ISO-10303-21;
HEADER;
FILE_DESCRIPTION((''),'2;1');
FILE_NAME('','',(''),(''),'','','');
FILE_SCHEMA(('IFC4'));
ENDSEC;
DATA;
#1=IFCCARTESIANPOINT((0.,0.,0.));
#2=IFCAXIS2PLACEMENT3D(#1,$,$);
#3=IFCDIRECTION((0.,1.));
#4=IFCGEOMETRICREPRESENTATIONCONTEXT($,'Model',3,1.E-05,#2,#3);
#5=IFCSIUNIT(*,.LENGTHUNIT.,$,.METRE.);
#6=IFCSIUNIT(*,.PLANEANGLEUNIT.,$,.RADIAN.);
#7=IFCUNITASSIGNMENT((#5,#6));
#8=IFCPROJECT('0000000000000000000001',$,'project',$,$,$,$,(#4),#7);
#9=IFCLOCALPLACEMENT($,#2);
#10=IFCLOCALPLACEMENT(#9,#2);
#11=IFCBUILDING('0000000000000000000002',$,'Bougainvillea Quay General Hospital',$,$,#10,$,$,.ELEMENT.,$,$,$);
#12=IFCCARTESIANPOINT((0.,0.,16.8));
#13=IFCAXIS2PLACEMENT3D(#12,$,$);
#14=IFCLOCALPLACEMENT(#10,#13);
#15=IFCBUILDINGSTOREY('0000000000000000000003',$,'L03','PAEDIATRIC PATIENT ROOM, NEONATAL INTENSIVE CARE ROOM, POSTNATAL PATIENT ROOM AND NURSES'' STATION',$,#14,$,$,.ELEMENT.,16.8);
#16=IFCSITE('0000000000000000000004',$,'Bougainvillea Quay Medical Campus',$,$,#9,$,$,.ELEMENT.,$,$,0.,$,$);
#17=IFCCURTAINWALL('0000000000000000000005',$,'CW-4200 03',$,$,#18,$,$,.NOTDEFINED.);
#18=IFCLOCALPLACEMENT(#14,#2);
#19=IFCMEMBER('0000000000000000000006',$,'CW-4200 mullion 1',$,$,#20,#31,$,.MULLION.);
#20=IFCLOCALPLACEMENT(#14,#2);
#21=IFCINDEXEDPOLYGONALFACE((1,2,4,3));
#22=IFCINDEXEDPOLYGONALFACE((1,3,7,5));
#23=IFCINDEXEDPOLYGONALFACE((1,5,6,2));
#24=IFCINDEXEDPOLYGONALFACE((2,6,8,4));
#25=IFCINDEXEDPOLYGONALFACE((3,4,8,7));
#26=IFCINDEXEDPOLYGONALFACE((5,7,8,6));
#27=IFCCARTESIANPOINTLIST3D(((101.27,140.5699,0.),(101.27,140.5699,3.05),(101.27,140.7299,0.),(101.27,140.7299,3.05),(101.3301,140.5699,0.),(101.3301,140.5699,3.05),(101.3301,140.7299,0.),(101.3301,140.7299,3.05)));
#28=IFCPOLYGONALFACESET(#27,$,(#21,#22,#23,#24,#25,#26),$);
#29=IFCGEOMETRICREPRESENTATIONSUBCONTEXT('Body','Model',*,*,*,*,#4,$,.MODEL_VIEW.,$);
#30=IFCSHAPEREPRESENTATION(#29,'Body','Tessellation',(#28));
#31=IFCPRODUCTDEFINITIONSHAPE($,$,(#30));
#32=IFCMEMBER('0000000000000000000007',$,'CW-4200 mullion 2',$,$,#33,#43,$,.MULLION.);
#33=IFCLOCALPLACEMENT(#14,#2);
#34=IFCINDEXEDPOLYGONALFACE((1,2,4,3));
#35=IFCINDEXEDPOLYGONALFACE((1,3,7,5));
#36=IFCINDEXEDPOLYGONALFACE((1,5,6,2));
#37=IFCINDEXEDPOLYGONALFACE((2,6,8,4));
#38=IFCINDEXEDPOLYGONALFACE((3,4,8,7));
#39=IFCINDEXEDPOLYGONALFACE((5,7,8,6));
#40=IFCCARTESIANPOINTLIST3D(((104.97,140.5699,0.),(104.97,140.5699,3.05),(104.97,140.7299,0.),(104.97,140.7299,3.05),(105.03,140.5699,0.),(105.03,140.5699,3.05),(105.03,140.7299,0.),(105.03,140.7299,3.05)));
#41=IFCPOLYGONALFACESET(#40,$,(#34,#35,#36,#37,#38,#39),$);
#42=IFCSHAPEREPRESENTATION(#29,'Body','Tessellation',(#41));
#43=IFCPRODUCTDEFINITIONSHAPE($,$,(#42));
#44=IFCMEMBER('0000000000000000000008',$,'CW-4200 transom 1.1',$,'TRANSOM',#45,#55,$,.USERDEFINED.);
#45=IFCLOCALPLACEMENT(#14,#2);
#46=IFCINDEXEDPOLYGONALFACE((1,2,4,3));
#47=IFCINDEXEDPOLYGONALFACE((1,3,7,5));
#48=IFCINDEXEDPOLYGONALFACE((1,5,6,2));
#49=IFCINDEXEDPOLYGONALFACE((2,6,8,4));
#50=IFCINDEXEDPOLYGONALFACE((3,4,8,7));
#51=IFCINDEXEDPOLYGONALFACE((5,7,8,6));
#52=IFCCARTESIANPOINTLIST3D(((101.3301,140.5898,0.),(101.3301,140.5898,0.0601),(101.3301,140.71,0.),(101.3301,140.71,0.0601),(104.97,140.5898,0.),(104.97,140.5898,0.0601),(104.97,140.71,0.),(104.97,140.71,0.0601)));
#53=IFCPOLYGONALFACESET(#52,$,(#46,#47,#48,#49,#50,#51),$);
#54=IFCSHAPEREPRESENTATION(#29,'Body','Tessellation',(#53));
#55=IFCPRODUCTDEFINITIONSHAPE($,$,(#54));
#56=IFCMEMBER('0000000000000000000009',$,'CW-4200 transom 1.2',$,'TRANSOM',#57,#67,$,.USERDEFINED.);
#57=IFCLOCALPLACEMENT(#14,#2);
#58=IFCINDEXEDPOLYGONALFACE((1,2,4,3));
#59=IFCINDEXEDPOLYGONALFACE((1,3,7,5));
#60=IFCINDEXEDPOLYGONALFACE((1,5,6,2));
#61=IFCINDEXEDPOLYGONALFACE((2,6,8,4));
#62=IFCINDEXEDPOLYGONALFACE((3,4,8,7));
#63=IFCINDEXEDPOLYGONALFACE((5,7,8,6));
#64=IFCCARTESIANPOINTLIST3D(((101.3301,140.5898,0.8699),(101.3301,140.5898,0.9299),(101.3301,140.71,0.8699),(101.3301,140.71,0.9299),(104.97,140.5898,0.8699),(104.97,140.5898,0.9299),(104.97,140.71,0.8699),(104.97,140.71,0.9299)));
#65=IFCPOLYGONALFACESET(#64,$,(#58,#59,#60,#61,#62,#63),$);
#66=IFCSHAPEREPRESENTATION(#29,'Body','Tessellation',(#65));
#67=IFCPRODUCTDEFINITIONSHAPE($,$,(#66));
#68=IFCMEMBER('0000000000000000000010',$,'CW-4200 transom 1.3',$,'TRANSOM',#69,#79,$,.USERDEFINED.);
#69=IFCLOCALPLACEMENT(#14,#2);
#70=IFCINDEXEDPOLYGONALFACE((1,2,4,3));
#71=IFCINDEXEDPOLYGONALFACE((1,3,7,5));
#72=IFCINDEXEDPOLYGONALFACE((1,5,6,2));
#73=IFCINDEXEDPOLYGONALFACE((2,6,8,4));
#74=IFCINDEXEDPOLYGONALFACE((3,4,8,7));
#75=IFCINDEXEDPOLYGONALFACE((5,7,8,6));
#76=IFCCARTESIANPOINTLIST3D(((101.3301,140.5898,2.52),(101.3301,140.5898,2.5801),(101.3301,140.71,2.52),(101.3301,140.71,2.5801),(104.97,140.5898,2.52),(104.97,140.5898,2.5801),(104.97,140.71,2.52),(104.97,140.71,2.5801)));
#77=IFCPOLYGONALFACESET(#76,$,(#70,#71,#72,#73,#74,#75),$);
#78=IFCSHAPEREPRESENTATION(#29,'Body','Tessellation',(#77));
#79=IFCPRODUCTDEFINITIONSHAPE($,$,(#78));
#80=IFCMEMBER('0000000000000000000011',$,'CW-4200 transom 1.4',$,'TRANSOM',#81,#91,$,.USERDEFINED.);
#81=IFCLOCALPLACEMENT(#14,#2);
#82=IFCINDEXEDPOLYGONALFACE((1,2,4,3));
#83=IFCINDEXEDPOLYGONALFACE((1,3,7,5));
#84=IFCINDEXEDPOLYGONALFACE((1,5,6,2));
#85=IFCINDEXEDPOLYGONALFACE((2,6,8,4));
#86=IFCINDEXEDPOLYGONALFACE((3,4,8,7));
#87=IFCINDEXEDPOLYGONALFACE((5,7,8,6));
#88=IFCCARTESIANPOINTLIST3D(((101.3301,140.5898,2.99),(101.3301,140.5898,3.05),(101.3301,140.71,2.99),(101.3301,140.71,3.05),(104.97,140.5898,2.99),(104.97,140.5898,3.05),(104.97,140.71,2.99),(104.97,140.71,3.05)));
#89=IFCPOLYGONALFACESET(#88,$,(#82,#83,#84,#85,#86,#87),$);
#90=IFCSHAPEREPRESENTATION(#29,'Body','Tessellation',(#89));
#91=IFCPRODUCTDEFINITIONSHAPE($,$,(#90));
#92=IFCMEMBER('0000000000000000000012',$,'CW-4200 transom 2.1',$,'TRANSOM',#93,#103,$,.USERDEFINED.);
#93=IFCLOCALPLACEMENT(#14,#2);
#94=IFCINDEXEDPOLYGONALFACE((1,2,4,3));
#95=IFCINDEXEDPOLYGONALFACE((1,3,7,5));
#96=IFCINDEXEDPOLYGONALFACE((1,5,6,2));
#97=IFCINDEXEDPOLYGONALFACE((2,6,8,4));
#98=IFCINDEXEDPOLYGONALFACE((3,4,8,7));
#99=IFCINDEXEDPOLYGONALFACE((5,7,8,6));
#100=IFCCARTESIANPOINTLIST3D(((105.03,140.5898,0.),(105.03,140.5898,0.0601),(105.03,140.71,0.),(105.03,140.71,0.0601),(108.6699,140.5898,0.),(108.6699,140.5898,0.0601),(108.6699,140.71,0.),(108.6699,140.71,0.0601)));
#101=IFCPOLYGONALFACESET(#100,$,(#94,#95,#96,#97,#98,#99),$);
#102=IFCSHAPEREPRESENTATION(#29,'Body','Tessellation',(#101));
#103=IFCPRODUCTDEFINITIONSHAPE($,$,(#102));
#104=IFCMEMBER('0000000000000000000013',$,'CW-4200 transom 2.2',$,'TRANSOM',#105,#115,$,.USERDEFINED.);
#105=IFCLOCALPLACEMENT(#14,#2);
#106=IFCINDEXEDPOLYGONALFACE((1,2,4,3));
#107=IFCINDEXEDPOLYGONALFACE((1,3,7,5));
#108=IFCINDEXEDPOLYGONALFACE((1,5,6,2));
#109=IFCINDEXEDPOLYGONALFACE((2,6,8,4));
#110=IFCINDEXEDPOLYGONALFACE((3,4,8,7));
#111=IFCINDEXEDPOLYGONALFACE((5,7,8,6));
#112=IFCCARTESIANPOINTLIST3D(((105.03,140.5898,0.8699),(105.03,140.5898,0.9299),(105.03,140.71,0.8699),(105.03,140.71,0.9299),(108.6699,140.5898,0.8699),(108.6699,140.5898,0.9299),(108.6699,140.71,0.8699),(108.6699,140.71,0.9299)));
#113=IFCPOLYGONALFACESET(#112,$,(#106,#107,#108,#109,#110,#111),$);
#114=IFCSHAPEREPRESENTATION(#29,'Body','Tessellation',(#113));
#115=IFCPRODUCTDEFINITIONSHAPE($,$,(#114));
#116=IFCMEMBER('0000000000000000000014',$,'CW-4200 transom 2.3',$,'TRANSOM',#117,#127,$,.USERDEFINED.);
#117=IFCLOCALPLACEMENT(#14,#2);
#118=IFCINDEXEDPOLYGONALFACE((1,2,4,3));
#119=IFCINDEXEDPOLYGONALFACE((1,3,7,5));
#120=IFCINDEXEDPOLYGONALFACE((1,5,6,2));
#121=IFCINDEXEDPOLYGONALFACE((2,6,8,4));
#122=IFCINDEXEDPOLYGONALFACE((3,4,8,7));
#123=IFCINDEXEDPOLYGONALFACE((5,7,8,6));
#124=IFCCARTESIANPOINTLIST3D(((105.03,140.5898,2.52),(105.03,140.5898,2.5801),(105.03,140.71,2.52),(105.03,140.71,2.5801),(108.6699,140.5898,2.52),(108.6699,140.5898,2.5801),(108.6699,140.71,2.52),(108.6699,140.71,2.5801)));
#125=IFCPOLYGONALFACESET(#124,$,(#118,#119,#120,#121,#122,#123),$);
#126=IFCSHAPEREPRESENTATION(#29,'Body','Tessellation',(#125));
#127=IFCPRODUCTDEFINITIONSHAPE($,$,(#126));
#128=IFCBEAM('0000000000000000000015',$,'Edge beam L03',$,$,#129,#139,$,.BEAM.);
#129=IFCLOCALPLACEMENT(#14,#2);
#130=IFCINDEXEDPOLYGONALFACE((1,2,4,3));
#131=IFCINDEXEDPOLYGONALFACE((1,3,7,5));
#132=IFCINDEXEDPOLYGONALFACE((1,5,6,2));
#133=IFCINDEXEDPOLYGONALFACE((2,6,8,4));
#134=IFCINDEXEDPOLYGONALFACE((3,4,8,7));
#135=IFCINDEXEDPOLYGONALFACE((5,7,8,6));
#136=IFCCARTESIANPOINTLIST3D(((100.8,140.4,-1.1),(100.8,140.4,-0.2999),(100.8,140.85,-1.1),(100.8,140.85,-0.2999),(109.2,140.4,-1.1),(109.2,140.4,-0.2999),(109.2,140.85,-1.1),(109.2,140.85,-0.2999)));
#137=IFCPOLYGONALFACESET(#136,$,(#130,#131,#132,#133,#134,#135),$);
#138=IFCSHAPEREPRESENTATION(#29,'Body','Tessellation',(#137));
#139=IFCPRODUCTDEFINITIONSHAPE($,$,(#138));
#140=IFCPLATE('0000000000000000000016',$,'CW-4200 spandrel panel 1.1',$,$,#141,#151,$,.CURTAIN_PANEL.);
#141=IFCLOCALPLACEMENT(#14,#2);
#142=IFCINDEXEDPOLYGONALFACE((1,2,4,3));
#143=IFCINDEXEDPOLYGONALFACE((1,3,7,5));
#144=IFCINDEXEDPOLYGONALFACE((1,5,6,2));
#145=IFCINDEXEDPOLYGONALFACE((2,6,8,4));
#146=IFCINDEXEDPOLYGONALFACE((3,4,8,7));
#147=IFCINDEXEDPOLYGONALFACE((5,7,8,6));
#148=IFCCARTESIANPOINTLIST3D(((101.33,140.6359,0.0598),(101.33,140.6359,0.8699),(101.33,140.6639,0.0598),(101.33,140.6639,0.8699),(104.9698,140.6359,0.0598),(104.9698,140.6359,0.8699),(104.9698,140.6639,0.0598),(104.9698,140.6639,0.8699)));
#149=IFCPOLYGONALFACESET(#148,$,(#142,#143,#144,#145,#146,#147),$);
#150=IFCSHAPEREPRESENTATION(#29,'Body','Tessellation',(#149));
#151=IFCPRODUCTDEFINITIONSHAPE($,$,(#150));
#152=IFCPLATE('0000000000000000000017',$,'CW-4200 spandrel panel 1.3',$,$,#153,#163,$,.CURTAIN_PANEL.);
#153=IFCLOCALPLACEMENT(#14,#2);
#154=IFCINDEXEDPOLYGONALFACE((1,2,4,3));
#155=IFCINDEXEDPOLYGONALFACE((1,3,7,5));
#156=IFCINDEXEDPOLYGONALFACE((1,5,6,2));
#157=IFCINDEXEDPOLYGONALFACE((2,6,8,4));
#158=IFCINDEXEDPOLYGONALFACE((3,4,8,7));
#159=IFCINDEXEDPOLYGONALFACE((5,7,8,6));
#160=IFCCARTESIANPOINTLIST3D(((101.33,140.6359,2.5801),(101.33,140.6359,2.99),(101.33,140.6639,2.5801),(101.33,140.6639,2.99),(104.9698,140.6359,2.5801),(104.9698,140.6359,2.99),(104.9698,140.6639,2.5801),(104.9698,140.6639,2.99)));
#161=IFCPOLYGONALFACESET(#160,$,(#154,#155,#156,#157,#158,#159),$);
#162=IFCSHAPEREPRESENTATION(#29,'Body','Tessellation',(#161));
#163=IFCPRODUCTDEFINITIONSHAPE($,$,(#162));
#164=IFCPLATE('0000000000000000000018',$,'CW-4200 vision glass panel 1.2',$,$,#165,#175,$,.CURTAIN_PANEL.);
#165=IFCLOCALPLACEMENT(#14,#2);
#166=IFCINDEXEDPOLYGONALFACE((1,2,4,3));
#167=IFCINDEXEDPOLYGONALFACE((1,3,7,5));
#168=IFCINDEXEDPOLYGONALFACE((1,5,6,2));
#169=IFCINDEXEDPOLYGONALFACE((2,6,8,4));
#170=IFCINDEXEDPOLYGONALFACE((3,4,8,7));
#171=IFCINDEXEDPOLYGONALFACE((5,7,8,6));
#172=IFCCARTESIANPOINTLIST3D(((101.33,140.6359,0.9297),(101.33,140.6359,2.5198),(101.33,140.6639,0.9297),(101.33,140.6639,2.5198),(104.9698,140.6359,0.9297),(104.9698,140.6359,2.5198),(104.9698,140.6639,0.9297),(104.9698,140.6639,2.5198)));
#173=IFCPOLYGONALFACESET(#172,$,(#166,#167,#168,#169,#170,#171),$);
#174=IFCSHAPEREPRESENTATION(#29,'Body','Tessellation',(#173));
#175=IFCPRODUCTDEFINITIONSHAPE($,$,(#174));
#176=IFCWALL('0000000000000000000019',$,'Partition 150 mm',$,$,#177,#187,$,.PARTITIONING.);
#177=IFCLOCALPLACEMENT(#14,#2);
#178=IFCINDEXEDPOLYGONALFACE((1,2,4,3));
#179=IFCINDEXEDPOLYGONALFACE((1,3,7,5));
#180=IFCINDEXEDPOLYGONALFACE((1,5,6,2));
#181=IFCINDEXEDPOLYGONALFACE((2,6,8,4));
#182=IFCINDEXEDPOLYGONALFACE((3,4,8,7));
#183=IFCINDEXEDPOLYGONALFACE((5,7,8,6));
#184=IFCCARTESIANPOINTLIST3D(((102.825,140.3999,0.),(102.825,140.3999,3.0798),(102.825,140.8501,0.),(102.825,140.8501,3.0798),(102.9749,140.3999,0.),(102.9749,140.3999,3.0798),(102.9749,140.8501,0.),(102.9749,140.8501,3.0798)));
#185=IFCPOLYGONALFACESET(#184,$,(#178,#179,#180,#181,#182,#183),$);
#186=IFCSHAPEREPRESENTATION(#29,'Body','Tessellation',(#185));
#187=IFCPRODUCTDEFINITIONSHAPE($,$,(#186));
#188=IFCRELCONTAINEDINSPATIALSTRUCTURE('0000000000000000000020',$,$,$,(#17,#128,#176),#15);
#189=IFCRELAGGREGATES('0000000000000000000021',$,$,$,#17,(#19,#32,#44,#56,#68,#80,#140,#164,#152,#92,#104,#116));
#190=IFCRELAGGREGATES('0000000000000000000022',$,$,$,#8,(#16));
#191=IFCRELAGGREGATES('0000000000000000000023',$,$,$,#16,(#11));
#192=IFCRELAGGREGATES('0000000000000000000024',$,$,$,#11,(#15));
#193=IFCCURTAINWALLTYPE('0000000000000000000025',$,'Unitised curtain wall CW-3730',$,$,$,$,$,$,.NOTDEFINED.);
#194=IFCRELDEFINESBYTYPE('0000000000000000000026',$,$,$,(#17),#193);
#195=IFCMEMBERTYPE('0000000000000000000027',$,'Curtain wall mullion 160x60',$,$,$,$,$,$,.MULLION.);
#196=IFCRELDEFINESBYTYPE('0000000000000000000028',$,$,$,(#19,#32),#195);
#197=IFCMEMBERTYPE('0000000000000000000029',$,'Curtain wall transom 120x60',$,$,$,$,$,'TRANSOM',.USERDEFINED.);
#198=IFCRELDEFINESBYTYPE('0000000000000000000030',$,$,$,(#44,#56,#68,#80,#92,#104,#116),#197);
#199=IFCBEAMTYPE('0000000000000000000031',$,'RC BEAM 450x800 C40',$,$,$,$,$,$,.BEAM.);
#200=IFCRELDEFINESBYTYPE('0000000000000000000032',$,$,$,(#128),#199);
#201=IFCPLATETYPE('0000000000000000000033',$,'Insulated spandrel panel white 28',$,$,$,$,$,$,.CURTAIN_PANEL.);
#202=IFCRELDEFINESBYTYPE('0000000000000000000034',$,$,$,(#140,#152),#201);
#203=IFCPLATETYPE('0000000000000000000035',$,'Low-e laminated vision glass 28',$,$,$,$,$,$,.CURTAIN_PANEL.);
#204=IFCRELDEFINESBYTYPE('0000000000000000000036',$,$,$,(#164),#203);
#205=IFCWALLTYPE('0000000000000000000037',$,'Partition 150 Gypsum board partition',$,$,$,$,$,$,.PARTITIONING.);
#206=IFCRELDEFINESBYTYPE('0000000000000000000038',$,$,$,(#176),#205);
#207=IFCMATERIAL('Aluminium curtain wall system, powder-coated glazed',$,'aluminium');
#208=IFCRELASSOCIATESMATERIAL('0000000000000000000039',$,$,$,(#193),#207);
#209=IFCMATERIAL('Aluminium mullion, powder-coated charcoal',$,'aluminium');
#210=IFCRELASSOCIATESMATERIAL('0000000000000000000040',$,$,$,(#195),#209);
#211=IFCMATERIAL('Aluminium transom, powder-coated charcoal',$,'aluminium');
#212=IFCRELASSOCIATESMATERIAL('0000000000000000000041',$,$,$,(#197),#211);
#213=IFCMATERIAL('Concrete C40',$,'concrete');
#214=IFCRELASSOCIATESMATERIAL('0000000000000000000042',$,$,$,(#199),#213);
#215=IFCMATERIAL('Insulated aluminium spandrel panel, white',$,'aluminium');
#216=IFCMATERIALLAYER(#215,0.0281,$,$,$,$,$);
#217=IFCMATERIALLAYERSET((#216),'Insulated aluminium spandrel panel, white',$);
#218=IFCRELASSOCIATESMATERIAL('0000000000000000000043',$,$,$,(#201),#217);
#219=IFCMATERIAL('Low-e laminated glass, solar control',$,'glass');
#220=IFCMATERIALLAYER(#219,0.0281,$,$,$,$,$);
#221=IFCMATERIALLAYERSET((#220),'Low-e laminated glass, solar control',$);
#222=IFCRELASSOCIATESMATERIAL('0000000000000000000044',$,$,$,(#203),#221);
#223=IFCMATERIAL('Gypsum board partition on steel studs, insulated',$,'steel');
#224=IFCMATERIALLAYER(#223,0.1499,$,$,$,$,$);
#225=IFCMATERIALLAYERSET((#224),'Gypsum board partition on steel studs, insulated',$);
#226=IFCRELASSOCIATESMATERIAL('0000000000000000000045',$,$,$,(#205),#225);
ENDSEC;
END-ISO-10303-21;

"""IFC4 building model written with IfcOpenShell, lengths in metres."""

from ifc_helpers import new_model, si_unit, direction, frame, frame_2d, origin, origin_2d, place, context, subcontext, project, spatial, rectangle, extrude, material, layer, layer_set, material_profile, profile_set, type_object, element, aggregate, save


model = new_model("IFC4")

# Units and contexts
model_context = context("Model", 3, precision=1e-05, world=origin(), true_north=direction((0.0, 1.0)))
body_context = subcontext(model_context, "Body", "Model", "MODEL_VIEW")
ifc_project = project(units=[si_unit("LENGTHUNIT", "METRE"), si_unit("PLANEANGLEUNIT", "RADIAN")], contexts=[model_context])

# Site, building, storey
site_placement = place(None, origin())
site = spatial("IfcSite", under=ifc_project, at=site_placement, Name="Bougainvillea Quay Medical Campus", CompositionType="ELEMENT", RefElevation=0.0)
building_placement = place(site_placement, origin())
building = spatial("IfcBuilding", under=site, at=building_placement, Name="Bougainvillea Quay General Hospital", CompositionType="ELEMENT")
storey_placement = place(building_placement, frame((0.0, 0.0, 16.8)))
storey = spatial("IfcBuildingStorey", under=building, at=storey_placement, Name="L03", Description="PAEDIATRIC PATIENT ROOM, NEONATAL INTENSIVE CARE ROOM, POSTNATAL PATIENT ROOM AND NURSES' STATION", CompositionType="ELEMENT", Elevation=16.8)

# Curtain wall, members
ifc_material_1 = material(Name="Aluminium curtain wall system, powder-coated glazed", Category="aluminium")
curtain_wall_type = type_object("IfcCurtainWallType", Name="Unitised curtain wall CW-3730", PredefinedType="NOTDEFINED", material=ifc_material_1)
curtain_wall_placement = place(storey_placement, origin())
curtain_wall = element("IfcCurtainWall", 1, at=curtain_wall_placement, inside=storey, type_object=curtain_wall_type, Name="CW-4200 03", PredefinedType="NOTDEFINED")
ifc_material_2 = material(Name="Aluminium mullion, powder-coated charcoal", Category="aluminium")
ifc_material_profile_1 = material_profile(ifc_material_2, rectangle(XDim=0.1599, YDim=0.0601, at=origin_2d()))
ifc_profile_set_1 = profile_set([ifc_material_profile_1], Name="Aluminium mullion, powder-coated charcoal")
member_type_1 = type_object("IfcMemberType", Name="Curtain wall mullion 160x60", PredefinedType="MULLION", material=ifc_profile_set_1)
member_1_placement = place(storey_placement, frame((101.3, 140.6499, 0.0), z_axis=(0.0, 0.0, 1.0), x_axis=(0.0, 1.0, 0.0)))
member_1 = element("IfcMember", 2, at=member_1_placement, type_object=member_type_1, Name="CW-4200 mullion 1", PredefinedType="MULLION", context=body_context, shape_type="SweptSolid", body=[
    extrude(rectangle(XDim=0.1599, YDim=0.0601, at=origin_2d()), origin(), (0.0, 0.0, 1.0), 3.05),
])
member_2_placement = place(storey_placement, frame((105.0, 140.6499, 0.0), z_axis=(0.0, 0.0, 1.0), x_axis=(0.0, 1.0, 0.0)))
member_2 = element("IfcMember", 3, at=member_2_placement, type_object=member_type_1, Name="CW-4200 mullion 2", PredefinedType="MULLION", context=body_context, shape_type="SweptSolid", body=[
    extrude(rectangle(XDim=0.1599, YDim=0.0601, at=origin_2d()), origin(), (0.0, 0.0, 1.0), 3.05),
])
ifc_material_3 = material(Name="Aluminium transom, powder-coated charcoal", Category="aluminium")
ifc_material_profile_2 = material_profile(ifc_material_3, rectangle(XDim=0.1201, YDim=0.0601, at=origin_2d()))
ifc_profile_set_2 = profile_set([ifc_material_profile_2], Name="Aluminium transom, powder-coated charcoal")
member_type_2 = type_object("IfcMemberType", Name="Curtain wall transom 120x60", ElementType="TRANSOM", PredefinedType="USERDEFINED", material=ifc_profile_set_2)
member_3_placement = place(storey_placement, frame((101.3301, 140.6499, 0.03), z_axis=(1.0, 0.0, 0.0), x_axis=(0.0, 1.0, 0.0)))
member_3 = element("IfcMember", 4, at=member_3_placement, type_object=member_type_2, Name="CW-4200 transom 1.1", ObjectType="TRANSOM", PredefinedType="USERDEFINED", context=body_context, shape_type="SweptSolid", body=[
    extrude(rectangle(XDim=0.1201, YDim=0.0601, at=origin_2d()), origin(), (0.0, 0.0, 1.0), 3.6399),
])
member_4_placement = place(storey_placement, frame((101.3301, 140.6499, 0.8999), z_axis=(1.0, 0.0, 0.0), x_axis=(0.0, 1.0, 0.0)))
member_4 = element("IfcMember", 5, at=member_4_placement, type_object=member_type_2, Name="CW-4200 transom 1.2", ObjectType="TRANSOM", PredefinedType="USERDEFINED", context=body_context, shape_type="SweptSolid", body=[
    extrude(rectangle(XDim=0.1201, YDim=0.0601, at=origin_2d()), origin(), (0.0, 0.0, 1.0), 3.6399),
])
member_5_placement = place(storey_placement, frame((101.3301, 140.6499, 2.55), z_axis=(1.0, 0.0, 0.0), x_axis=(0.0, 1.0, 0.0)))
member_5 = element("IfcMember", 6, at=member_5_placement, type_object=member_type_2, Name="CW-4200 transom 1.3", ObjectType="TRANSOM", PredefinedType="USERDEFINED", context=body_context, shape_type="SweptSolid", body=[
    extrude(rectangle(XDim=0.1201, YDim=0.0601, at=origin_2d()), origin(), (0.0, 0.0, 1.0), 3.6399),
])
member_6_placement = place(storey_placement, frame((101.3301, 140.6499, 3.02), z_axis=(1.0, 0.0, 0.0), x_axis=(0.0, 1.0, 0.0)))
member_6 = element("IfcMember", 7, at=member_6_placement, type_object=member_type_2, Name="CW-4200 transom 1.4", ObjectType="TRANSOM", PredefinedType="USERDEFINED", context=body_context, shape_type="SweptSolid", body=[
    extrude(rectangle(XDim=0.1201, YDim=0.0601, at=origin_2d()), origin(), (0.0, 0.0, 1.0), 3.6399),
])
member_7_placement = place(storey_placement, frame((105.03, 140.6499, 0.03), z_axis=(1.0, 0.0, 0.0), x_axis=(0.0, 1.0, 0.0)))
member_7 = element("IfcMember", 8, at=member_7_placement, type_object=member_type_2, Name="CW-4200 transom 2.1", ObjectType="TRANSOM", PredefinedType="USERDEFINED", context=body_context, shape_type="SweptSolid", body=[
    extrude(rectangle(XDim=0.1201, YDim=0.0601, at=origin_2d()), origin(), (0.0, 0.0, 1.0), 3.6399),
])
member_8_placement = place(storey_placement, frame((105.03, 140.6499, 0.8999), z_axis=(1.0, 0.0, 0.0), x_axis=(0.0, 1.0, 0.0)))
member_8 = element("IfcMember", 9, at=member_8_placement, type_object=member_type_2, Name="CW-4200 transom 2.2", ObjectType="TRANSOM", PredefinedType="USERDEFINED", context=body_context, shape_type="SweptSolid", body=[
    extrude(rectangle(XDim=0.1201, YDim=0.0601, at=origin_2d()), origin(), (0.0, 0.0, 1.0), 3.6399),
])
member_9_placement = place(storey_placement, frame((105.03, 140.6499, 2.55), z_axis=(1.0, 0.0, 0.0), x_axis=(0.0, 1.0, 0.0)))
member_9 = element("IfcMember", 10, at=member_9_placement, type_object=member_type_2, Name="CW-4200 transom 2.3", ObjectType="TRANSOM", PredefinedType="USERDEFINED", context=body_context, shape_type="SweptSolid", body=[
    extrude(rectangle(XDim=0.1201, YDim=0.0601, at=origin_2d()), origin(), (0.0, 0.0, 1.0), 3.6399),
])

# Beam
ifc_material_4 = material(Name="Concrete C40", Category="concrete")
ifc_material_profile_3 = material_profile(ifc_material_4, rectangle(XDim=0.45, YDim=0.8, at=origin_2d()))
ifc_profile_set_3 = profile_set([ifc_material_profile_3], Name="Concrete C40")
beam_type = type_object("IfcBeamType", Name="RC BEAM 450x800 C40", PredefinedType="BEAM", material=ifc_profile_set_3)
beam_placement = place(storey_placement, frame((100.8, 140.625, -0.7), z_axis=(1.0, 0.0, 0.0), x_axis=(0.0, 1.0, 0.0)))
element("IfcBeam", 11, at=beam_placement, inside=storey, type_object=beam_type, Name="Edge beam L03", PredefinedType="BEAM", context=body_context, shape_type="SweptSolid", body=[
    extrude(rectangle(XDim=0.45, YDim=0.8, at=origin_2d()), origin(), (0.0, 0.0, 1.0), 8.3999),
])

# Plates
ifc_material_5 = material(Name="Insulated aluminium spandrel panel, white", Category="aluminium")
ifc_layer_1 = layer(ifc_material_5, 0.0281)
ifc_layer_set_1 = layer_set([ifc_layer_1], Name="Insulated aluminium spandrel panel, white")
plate_type_1 = type_object("IfcPlateType", Name="Insulated spandrel panel white 28", PredefinedType="CURTAIN_PANEL", material=ifc_layer_set_1)
plate_1_placement = place(storey_placement, frame((103.1499, 140.6499, 0.0598), z_axis=(0.0, 0.0, 1.0), x_axis=(1.0, 0.0, 0.0)))
plate_1 = element("IfcPlate", 12, at=plate_1_placement, type_object=plate_type_1, Name="CW-4200 spandrel panel 1.1", PredefinedType="CURTAIN_PANEL", context=body_context, shape_type="SweptSolid", body=[
    extrude(rectangle(XDim=3.6399, YDim=0.0281, at=origin_2d()), origin(), (0.0, 0.0, 1.0), 0.8101),
])
plate_2_placement = place(storey_placement, frame((103.1499, 140.6499, 2.5801), z_axis=(0.0, 0.0, 1.0), x_axis=(1.0, 0.0, 0.0)))
plate_2 = element("IfcPlate", 13, at=plate_2_placement, type_object=plate_type_1, Name="CW-4200 spandrel panel 1.3", PredefinedType="CURTAIN_PANEL", context=body_context, shape_type="SweptSolid", body=[
    extrude(rectangle(XDim=3.6399, YDim=0.0281, at=origin_2d()), origin(), (0.0, 0.0, 1.0), 0.4099),
])
ifc_material_6 = material(Name="Low-e laminated glass, solar control", Category="glass")
ifc_layer_2 = layer(ifc_material_6, 0.0281)
ifc_layer_set_2 = layer_set([ifc_layer_2], Name="Low-e laminated glass, solar control")
plate_type_2 = type_object("IfcPlateType", Name="Low-e laminated vision glass 28", PredefinedType="CURTAIN_PANEL", material=ifc_layer_set_2)
plate_3_placement = place(storey_placement, frame((103.1499, 140.6499, 0.9297), z_axis=(0.0, 0.0, 1.0), x_axis=(1.0, 0.0, 0.0)))
plate_3 = element("IfcPlate", 14, at=plate_3_placement, type_object=plate_type_2, Name="CW-4200 vision glass panel 1.2", PredefinedType="CURTAIN_PANEL", context=body_context, shape_type="SweptSolid", body=[
    extrude(rectangle(XDim=3.6399, YDim=0.0281, at=origin_2d()), origin(), (0.0, 0.0, 1.0), 1.5901),
])
aggregate(curtain_wall, [member_1, member_2, member_3, member_4, member_5, member_6, plate_1, plate_3, plate_2, member_7, member_8, member_9])

# Wall
ifc_material_7 = material(Name="Gypsum board partition on steel studs, insulated", Category="steel")
ifc_layer_3 = layer(ifc_material_7, 0.1499)
ifc_layer_set_3 = layer_set([ifc_layer_3], Name="Gypsum board partition on steel studs, insulated")
wall_type = type_object("IfcWallType", Name="Partition 150 Gypsum board partition", PredefinedType="PARTITIONING", material=ifc_layer_set_3)
wall_placement = place(storey_placement, frame((102.8999, 140.3999, 0.0), z_axis=(0.0, 0.0, 1.0), x_axis=(0.0, 1.0, 0.0)))
element("IfcWall", 15, at=wall_placement, inside=storey, type_object=wall_type, Name="Partition 150 mm", PredefinedType="PARTITIONING", context=body_context, shape_type="SweptSolid", body=[
    extrude(rectangle(XDim=0.4502, YDim=0.1499, at=frame_2d((0.2251, 0.0))), origin(), (0.0, 0.0, 1.0), 3.0798),
])

save(model, "model.ifc")
